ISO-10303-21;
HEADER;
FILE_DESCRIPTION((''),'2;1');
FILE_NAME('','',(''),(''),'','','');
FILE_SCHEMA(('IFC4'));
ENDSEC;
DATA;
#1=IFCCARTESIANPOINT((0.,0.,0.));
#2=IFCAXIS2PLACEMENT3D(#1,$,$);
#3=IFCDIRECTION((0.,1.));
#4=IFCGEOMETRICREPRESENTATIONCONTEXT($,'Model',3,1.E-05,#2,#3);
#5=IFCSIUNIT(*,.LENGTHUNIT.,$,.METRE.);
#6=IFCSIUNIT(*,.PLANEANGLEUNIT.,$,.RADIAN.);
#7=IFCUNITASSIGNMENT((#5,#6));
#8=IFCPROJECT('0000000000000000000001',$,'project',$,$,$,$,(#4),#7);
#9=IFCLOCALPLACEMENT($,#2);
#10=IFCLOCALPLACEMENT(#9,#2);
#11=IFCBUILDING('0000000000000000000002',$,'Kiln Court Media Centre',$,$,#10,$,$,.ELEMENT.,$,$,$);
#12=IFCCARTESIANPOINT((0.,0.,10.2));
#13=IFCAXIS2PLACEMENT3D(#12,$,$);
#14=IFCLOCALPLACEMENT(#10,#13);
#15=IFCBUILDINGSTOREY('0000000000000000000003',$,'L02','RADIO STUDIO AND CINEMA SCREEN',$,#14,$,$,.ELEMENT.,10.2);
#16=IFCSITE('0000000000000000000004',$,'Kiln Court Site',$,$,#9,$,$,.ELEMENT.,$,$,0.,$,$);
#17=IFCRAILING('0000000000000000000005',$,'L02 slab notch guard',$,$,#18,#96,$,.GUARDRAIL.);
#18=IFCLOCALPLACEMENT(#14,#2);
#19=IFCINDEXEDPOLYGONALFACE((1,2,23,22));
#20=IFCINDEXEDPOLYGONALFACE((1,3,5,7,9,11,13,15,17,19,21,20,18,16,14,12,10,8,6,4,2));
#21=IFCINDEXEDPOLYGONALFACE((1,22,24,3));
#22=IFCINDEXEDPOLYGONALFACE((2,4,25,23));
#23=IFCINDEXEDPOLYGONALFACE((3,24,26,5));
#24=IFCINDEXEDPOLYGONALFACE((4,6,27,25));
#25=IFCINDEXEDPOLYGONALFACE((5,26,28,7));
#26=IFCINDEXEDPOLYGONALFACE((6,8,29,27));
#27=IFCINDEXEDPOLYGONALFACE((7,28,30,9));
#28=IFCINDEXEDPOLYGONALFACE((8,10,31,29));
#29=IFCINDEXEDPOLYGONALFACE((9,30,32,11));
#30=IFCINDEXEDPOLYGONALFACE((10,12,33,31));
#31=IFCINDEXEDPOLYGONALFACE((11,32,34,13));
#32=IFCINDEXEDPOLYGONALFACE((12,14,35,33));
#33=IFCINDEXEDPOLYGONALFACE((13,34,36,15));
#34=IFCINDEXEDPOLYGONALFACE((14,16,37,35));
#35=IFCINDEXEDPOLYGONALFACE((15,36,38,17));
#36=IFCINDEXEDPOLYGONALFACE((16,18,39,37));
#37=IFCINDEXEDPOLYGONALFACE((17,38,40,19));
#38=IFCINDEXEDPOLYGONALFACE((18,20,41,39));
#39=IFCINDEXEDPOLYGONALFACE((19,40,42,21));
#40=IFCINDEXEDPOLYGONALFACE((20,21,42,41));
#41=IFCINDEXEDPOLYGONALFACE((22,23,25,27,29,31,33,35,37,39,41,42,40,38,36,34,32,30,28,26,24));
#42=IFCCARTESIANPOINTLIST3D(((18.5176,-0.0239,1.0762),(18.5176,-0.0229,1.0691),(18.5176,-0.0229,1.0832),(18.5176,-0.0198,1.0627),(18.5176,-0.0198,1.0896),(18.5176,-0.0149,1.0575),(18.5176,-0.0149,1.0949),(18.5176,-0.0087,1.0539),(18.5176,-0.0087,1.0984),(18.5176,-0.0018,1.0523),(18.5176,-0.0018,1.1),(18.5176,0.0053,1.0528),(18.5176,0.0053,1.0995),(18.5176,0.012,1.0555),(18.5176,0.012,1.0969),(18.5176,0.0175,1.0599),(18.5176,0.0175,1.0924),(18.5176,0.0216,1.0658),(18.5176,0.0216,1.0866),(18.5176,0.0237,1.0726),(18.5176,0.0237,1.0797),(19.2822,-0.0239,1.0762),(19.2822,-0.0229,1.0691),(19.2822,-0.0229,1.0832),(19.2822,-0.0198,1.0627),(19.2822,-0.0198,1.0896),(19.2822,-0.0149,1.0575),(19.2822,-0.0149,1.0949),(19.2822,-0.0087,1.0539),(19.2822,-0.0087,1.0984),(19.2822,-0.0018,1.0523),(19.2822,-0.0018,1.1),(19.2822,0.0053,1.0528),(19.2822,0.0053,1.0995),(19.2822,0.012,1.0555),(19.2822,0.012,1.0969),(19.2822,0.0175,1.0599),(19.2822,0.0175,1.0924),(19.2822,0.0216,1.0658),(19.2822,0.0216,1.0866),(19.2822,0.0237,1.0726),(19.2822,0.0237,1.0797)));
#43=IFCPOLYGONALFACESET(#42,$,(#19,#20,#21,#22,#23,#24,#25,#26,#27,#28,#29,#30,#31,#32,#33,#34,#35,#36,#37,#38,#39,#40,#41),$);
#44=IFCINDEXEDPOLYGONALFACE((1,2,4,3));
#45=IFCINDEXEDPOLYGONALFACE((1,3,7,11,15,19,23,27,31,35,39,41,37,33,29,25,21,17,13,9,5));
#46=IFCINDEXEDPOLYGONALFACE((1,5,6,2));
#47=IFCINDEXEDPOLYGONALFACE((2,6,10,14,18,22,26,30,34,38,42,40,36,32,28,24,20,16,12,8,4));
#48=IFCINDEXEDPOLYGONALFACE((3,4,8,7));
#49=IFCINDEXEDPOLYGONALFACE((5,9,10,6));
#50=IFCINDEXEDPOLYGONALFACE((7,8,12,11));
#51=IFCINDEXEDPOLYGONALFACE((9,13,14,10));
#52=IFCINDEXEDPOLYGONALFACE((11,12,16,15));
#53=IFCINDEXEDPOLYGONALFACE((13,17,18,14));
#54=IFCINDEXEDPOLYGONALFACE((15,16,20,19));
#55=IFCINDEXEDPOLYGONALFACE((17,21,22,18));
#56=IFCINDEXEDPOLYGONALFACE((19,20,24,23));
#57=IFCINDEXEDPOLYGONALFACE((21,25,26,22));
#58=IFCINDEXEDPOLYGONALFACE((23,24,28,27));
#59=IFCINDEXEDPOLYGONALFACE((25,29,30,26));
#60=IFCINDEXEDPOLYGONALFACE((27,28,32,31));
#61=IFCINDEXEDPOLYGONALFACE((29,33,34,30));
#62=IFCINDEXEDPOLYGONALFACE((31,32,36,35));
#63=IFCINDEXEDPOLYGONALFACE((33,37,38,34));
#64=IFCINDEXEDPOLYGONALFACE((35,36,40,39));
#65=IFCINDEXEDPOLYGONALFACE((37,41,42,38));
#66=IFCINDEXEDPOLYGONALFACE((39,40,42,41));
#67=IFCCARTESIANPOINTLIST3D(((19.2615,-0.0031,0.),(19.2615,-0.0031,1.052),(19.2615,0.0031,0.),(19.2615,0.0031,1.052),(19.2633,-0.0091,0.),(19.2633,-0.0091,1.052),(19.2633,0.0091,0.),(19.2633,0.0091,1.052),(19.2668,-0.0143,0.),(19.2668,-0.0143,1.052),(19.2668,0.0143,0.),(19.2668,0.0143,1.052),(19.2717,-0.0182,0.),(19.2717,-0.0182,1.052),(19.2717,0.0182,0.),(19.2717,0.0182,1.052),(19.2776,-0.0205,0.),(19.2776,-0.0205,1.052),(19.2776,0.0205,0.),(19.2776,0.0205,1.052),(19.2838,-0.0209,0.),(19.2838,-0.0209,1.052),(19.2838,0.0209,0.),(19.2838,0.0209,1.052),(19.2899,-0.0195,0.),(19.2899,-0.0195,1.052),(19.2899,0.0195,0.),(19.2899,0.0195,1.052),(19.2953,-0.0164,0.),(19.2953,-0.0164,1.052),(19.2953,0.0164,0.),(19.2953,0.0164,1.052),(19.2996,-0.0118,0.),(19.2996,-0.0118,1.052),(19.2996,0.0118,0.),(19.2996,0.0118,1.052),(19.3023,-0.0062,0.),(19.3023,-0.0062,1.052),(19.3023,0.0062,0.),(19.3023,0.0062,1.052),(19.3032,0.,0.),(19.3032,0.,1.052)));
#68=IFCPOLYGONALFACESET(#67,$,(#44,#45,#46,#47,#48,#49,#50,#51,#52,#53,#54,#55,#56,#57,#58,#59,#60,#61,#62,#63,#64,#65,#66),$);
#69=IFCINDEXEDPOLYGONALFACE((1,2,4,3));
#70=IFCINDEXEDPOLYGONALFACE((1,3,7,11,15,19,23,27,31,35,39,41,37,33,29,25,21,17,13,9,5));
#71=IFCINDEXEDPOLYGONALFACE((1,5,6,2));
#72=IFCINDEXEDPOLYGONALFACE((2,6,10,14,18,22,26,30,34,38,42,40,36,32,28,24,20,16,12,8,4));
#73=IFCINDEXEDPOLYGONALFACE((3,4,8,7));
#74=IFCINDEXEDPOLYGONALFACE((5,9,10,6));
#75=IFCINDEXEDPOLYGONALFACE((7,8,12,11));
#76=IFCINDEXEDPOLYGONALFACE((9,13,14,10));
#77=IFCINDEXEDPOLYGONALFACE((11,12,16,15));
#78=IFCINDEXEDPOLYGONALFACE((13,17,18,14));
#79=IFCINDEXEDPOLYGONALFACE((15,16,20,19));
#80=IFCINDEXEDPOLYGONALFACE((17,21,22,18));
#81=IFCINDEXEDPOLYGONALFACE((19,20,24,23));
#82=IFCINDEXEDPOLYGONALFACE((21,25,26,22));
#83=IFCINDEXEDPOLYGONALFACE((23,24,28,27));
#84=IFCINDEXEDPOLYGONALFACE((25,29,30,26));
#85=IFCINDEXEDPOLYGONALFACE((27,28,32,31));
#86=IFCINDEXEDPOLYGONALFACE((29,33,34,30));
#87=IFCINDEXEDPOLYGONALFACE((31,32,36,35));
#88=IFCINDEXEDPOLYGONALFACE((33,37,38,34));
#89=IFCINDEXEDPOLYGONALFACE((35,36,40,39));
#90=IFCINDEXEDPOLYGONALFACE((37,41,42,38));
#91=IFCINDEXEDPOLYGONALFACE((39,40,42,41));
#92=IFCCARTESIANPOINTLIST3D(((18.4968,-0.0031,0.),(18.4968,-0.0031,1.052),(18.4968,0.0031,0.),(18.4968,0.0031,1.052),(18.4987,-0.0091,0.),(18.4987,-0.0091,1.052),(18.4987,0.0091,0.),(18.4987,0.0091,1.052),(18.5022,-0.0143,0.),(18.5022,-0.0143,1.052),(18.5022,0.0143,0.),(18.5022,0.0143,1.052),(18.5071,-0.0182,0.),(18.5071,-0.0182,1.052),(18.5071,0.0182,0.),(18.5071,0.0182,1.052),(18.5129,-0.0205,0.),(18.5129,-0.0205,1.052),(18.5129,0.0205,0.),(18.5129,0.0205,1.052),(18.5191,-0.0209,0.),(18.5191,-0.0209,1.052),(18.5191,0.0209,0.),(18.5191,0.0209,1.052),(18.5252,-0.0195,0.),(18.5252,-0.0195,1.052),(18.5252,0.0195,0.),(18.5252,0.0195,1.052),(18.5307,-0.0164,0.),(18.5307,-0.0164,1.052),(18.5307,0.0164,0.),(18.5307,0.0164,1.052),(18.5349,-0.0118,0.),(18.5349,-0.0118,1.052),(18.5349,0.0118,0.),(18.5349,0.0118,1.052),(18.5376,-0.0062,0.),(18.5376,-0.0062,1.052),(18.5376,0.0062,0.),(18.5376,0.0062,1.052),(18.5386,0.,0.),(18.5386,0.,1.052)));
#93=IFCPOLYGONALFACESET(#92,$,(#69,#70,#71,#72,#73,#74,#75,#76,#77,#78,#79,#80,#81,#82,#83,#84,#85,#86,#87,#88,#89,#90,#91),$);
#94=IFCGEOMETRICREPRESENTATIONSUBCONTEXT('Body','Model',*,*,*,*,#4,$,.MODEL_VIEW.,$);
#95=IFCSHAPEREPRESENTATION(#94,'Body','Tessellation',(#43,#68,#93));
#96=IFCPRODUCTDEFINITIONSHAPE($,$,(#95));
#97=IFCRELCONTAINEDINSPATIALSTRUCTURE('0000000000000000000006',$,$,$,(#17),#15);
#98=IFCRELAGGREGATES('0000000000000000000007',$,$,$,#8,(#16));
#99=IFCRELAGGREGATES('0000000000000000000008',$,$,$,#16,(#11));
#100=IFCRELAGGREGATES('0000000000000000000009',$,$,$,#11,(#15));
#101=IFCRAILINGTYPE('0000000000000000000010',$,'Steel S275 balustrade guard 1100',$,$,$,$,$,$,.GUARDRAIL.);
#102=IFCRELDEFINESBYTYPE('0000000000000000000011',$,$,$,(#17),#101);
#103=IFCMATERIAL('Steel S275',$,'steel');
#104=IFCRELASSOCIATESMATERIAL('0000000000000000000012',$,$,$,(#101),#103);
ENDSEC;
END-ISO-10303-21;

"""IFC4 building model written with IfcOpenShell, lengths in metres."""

from ifc_helpers import new_model, si_unit, direction, frame, origin, origin_2d, place, context, subcontext, project, spatial, circle, extrude, material, type_object, element, save


model = new_model("IFC4")

# Units and contexts
model_context = context("Model", 3, precision=1e-05, world=origin(), true_north=direction((0.0, 1.0)))
body_context = subcontext(model_context, "Body", "Model", "MODEL_VIEW")
ifc_project = project(units=[si_unit("LENGTHUNIT", "METRE"), si_unit("PLANEANGLEUNIT", "RADIAN")], contexts=[model_context])

# Site, building, storey
site_placement = place(None, origin())
site = spatial("IfcSite", under=ifc_project, at=site_placement, Name="Kiln Court Site", CompositionType="ELEMENT", RefElevation=0.0)
building_placement = place(site_placement, origin())
building = spatial("IfcBuilding", under=site, at=building_placement, Name="Kiln Court Media Centre", CompositionType="ELEMENT")
storey_placement = place(building_placement, frame((0.0, 0.0, 10.2)))
storey = spatial("IfcBuildingStorey", under=building, at=storey_placement, Name="L02", Description="RADIO STUDIO AND CINEMA SCREEN", CompositionType="ELEMENT", Elevation=10.2)

# Railing
ifc_material_1 = material(Name="Steel S275", Category="steel")
railing_type = type_object("IfcRailingType", Name="Steel S275 balustrade guard 1100", PredefinedType="GUARDRAIL", material=ifc_material_1)
for number, where, name in (
    (1, (19.2822, 0.0, 0.0), "L02 slab notch guard"),
):
    element("IfcRailing", number, at=place(storey_placement, frame(where)), inside=storey, type_object=railing_type, Name=name, PredefinedType="GUARDRAIL", context=body_context, shape_type="SweptSolid", body=[
        extrude(circle(Radius=0.0239, at=origin_2d()), frame((0.0, 0.0, 1.0762), z_axis=(-1.0, 0.0, 0.0), x_axis=(0.0, -1.0, 0.0)), (0.0, 0.0, 1.0), 0.7646),
        extrude(circle(Radius=0.021, at=origin_2d()), origin(), (0.0, 0.0, 1.0), 1.052),
        extrude(circle(Radius=0.021, at=origin_2d()), frame((-0.7646, 0.0, 0.0)), (0.0, 0.0, 1.0), 1.052),
    ])

save(model, "model.ifc")
